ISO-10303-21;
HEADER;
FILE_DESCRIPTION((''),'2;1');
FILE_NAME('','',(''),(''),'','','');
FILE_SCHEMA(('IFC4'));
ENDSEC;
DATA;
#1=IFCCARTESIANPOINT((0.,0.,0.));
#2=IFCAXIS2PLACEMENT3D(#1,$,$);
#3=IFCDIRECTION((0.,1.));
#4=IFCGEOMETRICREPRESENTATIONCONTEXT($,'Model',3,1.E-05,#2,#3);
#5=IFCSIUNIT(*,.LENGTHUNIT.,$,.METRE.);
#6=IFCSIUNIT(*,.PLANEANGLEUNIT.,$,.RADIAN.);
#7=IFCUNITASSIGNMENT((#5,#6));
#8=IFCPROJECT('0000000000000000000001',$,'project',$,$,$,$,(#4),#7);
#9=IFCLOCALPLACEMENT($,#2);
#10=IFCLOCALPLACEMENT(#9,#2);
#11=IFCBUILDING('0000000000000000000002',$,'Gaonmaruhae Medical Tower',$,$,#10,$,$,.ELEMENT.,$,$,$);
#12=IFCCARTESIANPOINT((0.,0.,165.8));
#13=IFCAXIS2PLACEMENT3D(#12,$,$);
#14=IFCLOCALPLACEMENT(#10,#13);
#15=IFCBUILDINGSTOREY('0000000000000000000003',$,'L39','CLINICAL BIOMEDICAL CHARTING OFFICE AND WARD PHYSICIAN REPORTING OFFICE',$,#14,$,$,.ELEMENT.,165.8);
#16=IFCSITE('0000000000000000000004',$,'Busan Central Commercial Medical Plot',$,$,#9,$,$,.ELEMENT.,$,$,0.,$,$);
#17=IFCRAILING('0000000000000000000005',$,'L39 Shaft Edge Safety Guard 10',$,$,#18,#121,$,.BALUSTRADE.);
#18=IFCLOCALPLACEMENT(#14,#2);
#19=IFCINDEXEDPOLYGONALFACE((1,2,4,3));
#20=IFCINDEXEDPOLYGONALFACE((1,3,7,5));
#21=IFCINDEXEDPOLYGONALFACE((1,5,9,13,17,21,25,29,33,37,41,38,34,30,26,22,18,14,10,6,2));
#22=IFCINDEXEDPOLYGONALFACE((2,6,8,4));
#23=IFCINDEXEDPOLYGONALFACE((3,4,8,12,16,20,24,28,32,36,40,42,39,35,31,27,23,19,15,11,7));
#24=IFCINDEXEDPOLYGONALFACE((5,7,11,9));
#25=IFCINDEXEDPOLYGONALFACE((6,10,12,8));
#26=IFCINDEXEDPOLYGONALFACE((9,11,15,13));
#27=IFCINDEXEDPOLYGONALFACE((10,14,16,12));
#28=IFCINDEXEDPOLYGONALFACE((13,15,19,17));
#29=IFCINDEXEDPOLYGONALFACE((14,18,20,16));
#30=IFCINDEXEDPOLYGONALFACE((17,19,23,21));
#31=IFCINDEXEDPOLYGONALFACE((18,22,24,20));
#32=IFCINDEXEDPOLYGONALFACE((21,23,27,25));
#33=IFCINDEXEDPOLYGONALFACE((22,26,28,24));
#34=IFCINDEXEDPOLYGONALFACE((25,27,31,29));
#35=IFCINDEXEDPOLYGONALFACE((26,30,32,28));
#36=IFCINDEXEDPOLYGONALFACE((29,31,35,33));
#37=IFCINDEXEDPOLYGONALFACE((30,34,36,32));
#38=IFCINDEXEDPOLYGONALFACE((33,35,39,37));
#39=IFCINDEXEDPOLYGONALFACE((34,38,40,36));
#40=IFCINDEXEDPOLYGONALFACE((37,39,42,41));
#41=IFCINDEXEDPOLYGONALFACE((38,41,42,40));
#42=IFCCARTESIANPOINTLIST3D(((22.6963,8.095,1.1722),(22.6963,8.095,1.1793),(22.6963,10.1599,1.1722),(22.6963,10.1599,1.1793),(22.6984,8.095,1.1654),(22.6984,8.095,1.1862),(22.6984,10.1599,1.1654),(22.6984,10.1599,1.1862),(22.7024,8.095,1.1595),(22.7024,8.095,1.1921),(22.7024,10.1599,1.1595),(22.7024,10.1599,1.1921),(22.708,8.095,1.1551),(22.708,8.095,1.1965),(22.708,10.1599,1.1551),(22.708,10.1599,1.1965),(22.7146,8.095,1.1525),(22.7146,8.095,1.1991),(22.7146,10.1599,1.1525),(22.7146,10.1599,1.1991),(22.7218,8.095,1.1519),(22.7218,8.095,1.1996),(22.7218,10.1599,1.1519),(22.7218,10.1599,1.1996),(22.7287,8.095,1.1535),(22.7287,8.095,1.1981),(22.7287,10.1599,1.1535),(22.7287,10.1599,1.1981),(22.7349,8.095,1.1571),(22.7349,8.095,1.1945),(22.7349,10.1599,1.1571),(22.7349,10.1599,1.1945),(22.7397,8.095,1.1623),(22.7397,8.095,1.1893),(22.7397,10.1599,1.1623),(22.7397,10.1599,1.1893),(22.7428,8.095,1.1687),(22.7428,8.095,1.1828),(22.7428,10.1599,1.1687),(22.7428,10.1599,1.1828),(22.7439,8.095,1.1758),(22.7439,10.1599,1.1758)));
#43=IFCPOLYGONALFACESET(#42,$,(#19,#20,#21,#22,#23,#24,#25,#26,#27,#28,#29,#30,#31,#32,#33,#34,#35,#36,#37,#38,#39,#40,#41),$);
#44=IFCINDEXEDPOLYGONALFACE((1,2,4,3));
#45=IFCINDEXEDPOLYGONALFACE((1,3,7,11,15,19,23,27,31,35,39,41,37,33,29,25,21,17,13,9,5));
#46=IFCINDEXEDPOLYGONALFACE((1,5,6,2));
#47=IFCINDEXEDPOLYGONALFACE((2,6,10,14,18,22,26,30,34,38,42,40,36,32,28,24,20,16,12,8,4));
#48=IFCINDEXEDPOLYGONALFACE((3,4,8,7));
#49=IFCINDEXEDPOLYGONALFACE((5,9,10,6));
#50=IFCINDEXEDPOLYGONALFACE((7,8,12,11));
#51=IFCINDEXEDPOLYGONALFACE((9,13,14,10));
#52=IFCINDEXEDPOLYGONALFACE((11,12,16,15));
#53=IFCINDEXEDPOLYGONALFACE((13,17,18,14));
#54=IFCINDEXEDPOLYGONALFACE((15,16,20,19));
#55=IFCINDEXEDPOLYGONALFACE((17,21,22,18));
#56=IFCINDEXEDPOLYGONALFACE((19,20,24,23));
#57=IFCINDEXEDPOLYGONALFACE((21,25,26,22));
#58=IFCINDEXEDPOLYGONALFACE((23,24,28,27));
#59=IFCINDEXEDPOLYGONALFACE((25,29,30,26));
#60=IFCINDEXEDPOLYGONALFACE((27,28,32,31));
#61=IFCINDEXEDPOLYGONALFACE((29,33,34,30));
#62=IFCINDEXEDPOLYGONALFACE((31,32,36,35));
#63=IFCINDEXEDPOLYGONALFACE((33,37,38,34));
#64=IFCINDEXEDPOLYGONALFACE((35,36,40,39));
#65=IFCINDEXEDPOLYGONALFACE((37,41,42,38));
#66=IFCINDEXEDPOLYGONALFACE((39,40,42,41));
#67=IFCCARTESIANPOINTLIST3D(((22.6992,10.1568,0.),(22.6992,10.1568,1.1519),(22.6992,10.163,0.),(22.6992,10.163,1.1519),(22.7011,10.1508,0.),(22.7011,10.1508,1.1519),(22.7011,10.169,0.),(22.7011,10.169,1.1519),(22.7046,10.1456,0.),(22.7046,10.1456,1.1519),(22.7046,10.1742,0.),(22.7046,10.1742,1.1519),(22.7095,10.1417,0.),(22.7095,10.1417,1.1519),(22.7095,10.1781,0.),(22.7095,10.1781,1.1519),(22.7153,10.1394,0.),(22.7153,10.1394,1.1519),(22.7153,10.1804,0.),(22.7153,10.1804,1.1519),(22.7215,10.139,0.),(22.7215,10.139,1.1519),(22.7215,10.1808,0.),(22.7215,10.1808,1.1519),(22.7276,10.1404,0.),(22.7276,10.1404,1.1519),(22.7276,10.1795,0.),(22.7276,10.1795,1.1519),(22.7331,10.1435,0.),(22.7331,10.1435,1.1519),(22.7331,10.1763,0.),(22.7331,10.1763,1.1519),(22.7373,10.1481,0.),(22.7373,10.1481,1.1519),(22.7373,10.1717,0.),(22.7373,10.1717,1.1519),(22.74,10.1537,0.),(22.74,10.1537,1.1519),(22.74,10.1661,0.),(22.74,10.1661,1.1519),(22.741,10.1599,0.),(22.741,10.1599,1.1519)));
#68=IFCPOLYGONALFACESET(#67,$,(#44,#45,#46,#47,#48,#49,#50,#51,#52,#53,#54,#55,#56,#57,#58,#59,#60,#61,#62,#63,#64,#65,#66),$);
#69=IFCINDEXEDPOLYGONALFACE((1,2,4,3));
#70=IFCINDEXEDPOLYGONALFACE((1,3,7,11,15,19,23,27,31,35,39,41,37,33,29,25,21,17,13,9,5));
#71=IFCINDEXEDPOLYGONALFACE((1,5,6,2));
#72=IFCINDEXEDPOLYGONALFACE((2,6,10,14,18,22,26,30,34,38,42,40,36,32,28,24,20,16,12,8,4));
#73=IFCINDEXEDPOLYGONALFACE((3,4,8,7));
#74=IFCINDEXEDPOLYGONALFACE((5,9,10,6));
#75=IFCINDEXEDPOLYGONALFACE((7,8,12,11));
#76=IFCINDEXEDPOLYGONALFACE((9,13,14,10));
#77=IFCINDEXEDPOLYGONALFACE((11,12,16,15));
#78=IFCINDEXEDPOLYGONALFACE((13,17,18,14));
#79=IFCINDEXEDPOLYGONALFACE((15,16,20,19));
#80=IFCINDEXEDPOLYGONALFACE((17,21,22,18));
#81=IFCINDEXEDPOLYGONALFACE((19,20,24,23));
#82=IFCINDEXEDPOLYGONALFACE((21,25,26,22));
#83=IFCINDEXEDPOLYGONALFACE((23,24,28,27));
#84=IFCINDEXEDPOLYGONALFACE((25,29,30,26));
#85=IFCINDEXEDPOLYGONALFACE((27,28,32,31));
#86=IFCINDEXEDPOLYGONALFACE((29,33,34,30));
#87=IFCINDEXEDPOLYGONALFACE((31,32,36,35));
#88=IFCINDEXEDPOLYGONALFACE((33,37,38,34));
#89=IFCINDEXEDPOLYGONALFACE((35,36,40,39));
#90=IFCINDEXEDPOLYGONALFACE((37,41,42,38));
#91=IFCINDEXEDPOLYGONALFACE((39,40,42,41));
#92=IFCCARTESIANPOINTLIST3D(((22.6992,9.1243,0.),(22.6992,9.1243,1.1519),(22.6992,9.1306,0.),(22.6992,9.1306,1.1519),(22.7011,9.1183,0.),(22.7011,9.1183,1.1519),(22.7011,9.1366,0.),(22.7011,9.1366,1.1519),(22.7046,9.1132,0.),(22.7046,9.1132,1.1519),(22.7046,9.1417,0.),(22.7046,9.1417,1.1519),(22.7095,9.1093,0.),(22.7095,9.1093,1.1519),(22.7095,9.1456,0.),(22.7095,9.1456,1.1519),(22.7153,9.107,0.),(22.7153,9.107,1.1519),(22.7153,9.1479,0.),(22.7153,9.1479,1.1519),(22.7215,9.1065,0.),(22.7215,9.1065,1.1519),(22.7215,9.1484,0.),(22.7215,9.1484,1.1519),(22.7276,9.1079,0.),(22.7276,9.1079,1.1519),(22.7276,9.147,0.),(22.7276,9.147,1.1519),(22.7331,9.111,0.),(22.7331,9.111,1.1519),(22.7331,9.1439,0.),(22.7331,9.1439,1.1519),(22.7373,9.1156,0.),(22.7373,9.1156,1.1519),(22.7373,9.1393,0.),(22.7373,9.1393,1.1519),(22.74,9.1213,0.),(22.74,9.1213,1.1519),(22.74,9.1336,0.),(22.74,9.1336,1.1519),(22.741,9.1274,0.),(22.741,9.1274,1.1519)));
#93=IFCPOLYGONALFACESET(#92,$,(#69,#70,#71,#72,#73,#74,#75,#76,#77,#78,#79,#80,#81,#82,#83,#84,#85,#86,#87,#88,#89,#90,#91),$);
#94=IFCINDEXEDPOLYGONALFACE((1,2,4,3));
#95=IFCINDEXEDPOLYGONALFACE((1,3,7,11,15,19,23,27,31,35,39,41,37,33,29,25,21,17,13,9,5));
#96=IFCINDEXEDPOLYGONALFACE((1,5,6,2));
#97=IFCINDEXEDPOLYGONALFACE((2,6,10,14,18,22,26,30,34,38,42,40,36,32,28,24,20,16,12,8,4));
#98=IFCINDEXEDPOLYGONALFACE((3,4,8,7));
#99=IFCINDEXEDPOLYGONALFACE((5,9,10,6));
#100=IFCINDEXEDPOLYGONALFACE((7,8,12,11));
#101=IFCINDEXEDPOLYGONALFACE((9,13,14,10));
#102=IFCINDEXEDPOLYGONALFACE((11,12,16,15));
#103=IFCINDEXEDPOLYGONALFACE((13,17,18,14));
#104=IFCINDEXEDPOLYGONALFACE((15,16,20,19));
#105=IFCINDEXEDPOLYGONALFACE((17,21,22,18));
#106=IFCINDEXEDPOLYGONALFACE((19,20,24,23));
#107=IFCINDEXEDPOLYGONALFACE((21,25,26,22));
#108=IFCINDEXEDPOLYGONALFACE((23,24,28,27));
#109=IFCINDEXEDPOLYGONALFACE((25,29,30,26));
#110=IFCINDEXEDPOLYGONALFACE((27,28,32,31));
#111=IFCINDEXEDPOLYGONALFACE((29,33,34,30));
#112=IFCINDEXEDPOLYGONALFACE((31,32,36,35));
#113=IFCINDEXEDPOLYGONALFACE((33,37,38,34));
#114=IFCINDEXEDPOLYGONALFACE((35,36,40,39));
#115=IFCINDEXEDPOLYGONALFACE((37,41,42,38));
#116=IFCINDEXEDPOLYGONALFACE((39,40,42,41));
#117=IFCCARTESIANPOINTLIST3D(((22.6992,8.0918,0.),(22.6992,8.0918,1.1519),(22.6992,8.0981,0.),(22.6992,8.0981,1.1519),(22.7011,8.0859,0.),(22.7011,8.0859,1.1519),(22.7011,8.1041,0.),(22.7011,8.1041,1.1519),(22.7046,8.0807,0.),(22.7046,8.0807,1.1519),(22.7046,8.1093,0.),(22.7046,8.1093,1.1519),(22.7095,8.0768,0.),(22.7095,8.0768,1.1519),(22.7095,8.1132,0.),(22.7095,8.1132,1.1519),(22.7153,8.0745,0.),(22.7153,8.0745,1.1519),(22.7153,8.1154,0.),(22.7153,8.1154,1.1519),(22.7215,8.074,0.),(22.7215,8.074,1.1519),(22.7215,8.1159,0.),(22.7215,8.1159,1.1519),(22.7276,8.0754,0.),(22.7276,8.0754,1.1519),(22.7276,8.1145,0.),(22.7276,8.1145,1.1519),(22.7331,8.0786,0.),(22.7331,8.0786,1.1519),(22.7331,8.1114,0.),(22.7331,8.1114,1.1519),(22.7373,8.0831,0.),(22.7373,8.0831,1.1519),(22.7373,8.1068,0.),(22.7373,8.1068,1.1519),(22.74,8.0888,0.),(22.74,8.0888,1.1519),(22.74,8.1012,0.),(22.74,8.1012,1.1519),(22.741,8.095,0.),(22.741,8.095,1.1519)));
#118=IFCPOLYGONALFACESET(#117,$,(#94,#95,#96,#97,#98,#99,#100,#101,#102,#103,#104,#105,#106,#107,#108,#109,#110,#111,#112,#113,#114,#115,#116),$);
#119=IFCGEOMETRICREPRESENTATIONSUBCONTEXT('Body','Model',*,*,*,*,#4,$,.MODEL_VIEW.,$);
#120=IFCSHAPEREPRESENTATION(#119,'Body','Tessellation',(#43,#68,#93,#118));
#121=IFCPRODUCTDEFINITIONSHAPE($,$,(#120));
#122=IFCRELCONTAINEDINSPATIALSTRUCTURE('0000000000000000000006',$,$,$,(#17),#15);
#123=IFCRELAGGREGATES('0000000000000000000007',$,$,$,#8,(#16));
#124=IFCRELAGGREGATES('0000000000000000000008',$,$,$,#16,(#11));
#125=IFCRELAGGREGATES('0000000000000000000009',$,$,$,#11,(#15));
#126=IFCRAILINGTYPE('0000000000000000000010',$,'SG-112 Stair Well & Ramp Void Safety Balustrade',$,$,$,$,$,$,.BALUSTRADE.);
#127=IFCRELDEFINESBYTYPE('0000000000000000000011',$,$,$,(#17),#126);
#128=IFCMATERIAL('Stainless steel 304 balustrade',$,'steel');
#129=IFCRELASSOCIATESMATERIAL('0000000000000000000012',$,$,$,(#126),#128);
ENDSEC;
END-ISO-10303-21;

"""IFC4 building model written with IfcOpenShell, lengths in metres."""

from ifc_helpers import new_model, si_unit, direction, frame, origin, origin_2d, place, context, subcontext, project, spatial, circle, extrude, material, type_object, element, save


model = new_model("IFC4")

# Units and contexts
model_context = context("Model", 3, precision=1e-05, world=origin(), true_north=direction((0.0, 1.0)))
body_context = subcontext(model_context, "Body", "Model", "MODEL_VIEW")
ifc_project = project(units=[si_unit("LENGTHUNIT", "METRE"), si_unit("PLANEANGLEUNIT", "RADIAN")], contexts=[model_context])

# Site, building, storey
site_placement = place(None, origin())
site = spatial("IfcSite", under=ifc_project, at=site_placement, Name="Busan Central Commercial Medical Plot", CompositionType="ELEMENT", RefElevation=0.0)
building_placement = place(site_placement, origin())
building = spatial("IfcBuilding", under=site, at=building_placement, Name="Gaonmaruhae Medical Tower", CompositionType="ELEMENT")
storey_placement = place(building_placement, frame((0.0, 0.0, 165.8)))
storey = spatial("IfcBuildingStorey", under=building, at=storey_placement, Name="L39", Description="CLINICAL BIOMEDICAL CHARTING OFFICE AND WARD PHYSICIAN REPORTING OFFICE", CompositionType="ELEMENT", Elevation=165.8)

# Railing
ifc_material_1 = material(Name="Stainless steel 304 balustrade", Category="steel")
railing_type_1 = type_object("IfcRailingType", Name="SG-112 Stair Well & Ramp Void Safety Balustrade", PredefinedType="BALUSTRADE", material=ifc_material_1)
railing_1_placement = place(storey_placement, frame((22.72, 10.1599, 0.0)))
element("IfcRailing", 1, at=railing_1_placement, inside=storey, type_object=railing_type_1, Name="L39 Shaft Edge Safety Guard 10", PredefinedType="BALUSTRADE", context=body_context, shape_type="SweptSolid", body=[
    extrude(circle(Radius=0.0239, at=origin_2d()), frame((0.0, 0.0, 1.1758), z_axis=(0.0, -1.0, 0.0), x_axis=(1.0, 0.0, 0.0)), (0.0, 0.0, 1.0), 2.0649),
    extrude(circle(Radius=0.021, at=origin_2d()), origin(), (0.0, 0.0, 1.0), 1.1519),
    extrude(circle(Radius=0.021, at=origin_2d()), frame((0.0, -1.0325, 0.0)), (0.0, 0.0, 1.0), 1.1519),
    extrude(circle(Radius=0.021, at=origin_2d()), frame((0.0, -2.0649, 0.0)), (0.0, 0.0, 1.0), 1.1519),
])

save(model, "model.ifc")
